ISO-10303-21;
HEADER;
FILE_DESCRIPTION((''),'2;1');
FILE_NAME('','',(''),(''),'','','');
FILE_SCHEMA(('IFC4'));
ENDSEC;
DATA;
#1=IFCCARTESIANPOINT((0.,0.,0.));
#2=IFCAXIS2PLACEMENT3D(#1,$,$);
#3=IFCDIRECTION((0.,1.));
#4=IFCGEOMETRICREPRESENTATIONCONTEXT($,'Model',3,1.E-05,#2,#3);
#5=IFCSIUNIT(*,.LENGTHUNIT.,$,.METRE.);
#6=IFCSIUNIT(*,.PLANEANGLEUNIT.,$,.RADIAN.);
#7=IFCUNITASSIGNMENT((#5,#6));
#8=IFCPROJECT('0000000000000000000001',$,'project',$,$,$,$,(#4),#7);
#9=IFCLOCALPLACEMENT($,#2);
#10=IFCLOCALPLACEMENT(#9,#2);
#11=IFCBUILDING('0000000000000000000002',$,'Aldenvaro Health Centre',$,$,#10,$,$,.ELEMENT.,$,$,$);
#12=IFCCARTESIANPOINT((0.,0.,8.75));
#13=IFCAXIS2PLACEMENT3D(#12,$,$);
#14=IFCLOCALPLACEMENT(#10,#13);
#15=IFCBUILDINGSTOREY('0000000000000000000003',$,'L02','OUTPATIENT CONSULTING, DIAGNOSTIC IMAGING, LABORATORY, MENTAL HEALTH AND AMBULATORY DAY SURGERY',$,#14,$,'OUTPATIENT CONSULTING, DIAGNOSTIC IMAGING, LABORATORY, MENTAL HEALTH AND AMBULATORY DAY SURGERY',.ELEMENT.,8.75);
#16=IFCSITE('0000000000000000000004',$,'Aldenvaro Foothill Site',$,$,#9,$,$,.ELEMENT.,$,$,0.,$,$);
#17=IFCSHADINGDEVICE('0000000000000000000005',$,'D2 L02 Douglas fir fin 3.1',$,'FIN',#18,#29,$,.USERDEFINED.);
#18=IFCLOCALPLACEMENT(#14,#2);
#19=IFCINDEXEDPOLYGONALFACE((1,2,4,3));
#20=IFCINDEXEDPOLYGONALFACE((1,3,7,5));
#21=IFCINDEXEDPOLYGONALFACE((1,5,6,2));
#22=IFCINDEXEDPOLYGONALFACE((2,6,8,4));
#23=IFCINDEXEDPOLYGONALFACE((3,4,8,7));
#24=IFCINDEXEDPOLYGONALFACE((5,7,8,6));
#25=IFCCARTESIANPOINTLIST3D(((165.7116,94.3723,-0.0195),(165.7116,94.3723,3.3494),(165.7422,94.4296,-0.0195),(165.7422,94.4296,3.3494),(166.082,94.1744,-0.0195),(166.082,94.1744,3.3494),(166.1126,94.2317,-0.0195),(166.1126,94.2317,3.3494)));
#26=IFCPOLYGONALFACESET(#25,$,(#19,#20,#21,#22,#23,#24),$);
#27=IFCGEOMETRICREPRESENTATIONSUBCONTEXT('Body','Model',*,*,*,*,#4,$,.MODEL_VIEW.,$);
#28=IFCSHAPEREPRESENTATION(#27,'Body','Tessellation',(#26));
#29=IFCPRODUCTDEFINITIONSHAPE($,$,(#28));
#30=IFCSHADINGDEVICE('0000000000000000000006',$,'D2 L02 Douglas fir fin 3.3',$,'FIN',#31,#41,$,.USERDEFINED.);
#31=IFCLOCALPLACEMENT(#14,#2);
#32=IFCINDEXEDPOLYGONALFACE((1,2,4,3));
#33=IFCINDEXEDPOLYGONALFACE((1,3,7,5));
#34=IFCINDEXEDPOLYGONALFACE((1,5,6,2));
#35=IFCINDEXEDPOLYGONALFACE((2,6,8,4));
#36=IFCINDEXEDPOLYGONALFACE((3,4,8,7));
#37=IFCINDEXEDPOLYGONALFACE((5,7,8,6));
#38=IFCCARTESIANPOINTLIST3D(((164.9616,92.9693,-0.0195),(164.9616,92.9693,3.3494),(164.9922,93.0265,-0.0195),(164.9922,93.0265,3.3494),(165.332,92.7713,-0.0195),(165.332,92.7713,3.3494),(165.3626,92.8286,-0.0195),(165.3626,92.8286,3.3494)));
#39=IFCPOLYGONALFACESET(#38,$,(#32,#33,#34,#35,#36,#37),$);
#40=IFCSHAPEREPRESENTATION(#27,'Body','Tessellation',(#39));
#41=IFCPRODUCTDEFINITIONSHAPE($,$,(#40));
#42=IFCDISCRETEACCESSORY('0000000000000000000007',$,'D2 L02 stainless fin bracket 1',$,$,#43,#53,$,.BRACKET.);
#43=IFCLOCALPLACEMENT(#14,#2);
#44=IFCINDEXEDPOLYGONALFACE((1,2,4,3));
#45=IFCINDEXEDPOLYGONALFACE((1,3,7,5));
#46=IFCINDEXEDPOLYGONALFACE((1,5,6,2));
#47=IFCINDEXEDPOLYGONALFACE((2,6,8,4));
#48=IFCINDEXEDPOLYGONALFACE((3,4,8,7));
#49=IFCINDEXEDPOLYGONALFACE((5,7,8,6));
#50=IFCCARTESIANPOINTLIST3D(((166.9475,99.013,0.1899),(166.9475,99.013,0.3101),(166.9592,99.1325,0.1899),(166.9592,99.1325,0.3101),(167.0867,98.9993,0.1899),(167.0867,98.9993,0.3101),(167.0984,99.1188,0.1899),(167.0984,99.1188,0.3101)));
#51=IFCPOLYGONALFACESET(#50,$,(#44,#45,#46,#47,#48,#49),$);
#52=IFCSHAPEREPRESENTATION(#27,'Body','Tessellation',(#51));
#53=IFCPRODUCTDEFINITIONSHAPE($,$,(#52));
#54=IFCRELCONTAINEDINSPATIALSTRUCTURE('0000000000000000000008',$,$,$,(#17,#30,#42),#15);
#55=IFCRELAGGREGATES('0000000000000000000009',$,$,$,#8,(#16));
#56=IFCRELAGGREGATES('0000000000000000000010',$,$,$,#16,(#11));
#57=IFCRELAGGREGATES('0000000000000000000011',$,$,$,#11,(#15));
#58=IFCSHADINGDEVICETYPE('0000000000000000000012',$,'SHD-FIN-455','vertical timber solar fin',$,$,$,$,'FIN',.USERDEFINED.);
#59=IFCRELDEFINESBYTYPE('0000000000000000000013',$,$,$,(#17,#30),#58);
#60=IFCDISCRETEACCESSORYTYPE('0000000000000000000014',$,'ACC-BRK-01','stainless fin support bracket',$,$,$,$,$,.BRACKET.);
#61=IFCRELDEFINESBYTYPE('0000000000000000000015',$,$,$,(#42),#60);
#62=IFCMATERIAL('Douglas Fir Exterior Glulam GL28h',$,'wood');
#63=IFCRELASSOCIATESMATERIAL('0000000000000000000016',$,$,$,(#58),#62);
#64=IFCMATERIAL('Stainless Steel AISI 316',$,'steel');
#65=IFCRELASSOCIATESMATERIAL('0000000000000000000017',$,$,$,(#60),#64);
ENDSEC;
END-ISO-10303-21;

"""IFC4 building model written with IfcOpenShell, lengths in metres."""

from ifc_helpers import new_model, si_unit, direction, frame, origin, origin_2d, place, context, subcontext, project, spatial, rectangle, extrude, material, type_object, element, save


model = new_model("IFC4")

# Units and contexts
model_context = context("Model", 3, precision=1e-05, world=origin(), true_north=direction((0.0, 1.0)))
body_context = subcontext(model_context, "Body", "Model", "MODEL_VIEW")
ifc_project = project(units=[si_unit("LENGTHUNIT", "METRE"), si_unit("PLANEANGLEUNIT", "RADIAN")], contexts=[model_context])

# Site, building, storey
site_placement = place(None, origin())
site = spatial("IfcSite", under=ifc_project, at=site_placement, Name="Aldenvaro Foothill Site", CompositionType="ELEMENT", RefElevation=0.0)
building_placement = place(site_placement, origin())
building = spatial("IfcBuilding", under=site, at=building_placement, Name="Aldenvaro Health Centre", CompositionType="ELEMENT")
storey_placement = place(building_placement, frame((0.0, 0.0, 8.75)))
storey = spatial("IfcBuildingStorey", under=building, at=storey_placement, Name="L02", Description="OUTPATIENT CONSULTING, DIAGNOSTIC IMAGING, LABORATORY, MENTAL HEALTH AND AMBULATORY DAY SURGERY", LongName="OUTPATIENT CONSULTING, DIAGNOSTIC IMAGING, LABORATORY, MENTAL HEALTH AND AMBULATORY DAY SURGERY", CompositionType="ELEMENT", Elevation=8.75)

# Shading devices
ifc_material_1 = material(Name="Douglas Fir Exterior Glulam GL28h", Category="wood")
shading_device_type_1 = type_object("IfcShadingDeviceType", Name="SHD-FIN-455", Description="vertical timber solar fin", ElementType="FIN", PredefinedType="USERDEFINED", material=ifc_material_1)
for number, where, z_axis, x_axis, name in (
    (1, (165.9121, 94.302, -0.0195), (0.0, 0.0, 1.0), (-0.471399, -0.88192, 0.0), "D2 L02 Douglas fir fin 3.1"),
    (2, (165.1621, 92.8989, -0.0195), (0.0, 0.0, 1.0), (-0.471399, -0.88192, 0.0), "D2 L02 Douglas fir fin 3.3"),
):
    element("IfcShadingDevice", number, at=place(storey_placement, frame(where, z_axis=z_axis, x_axis=x_axis)), inside=storey, type_object=shading_device_type_1, Name=name, ObjectType="FIN", PredefinedType="USERDEFINED", context=body_context, shape_type="SweptSolid", body=[
        extrude(rectangle(XDim=0.0649, YDim=0.4199, at=origin_2d()), origin(), (0.0, 0.0, 1.0), 3.3689),
    ])

# Discrete accessory
ifc_material_2 = material(Name="Stainless Steel AISI 316", Category="steel")
discrete_accessory_type = type_object("IfcDiscreteAccessoryType", Name="ACC-BRK-01", Description="stainless fin support bracket", PredefinedType="BRACKET", material=ifc_material_2)
discrete_accessory_placement = place(storey_placement, frame((167.0229, 99.0659, 0.1899), z_axis=(0.0, 0.0, 1.0), x_axis=(-0.097915, -0.995195, 0.0)))
element("IfcDiscreteAccessory", 3, at=discrete_accessory_placement, inside=storey, type_object=discrete_accessory_type, Name="D2 L02 stainless fin bracket 1", PredefinedType="BRACKET", context=body_context, shape_type="SweptSolid", body=[
    extrude(rectangle(XDim=0.1201, YDim=0.1399, at=origin_2d()), origin(), (0.0, 0.0, 1.0), 0.1201),
])

save(model, "model.ifc")
